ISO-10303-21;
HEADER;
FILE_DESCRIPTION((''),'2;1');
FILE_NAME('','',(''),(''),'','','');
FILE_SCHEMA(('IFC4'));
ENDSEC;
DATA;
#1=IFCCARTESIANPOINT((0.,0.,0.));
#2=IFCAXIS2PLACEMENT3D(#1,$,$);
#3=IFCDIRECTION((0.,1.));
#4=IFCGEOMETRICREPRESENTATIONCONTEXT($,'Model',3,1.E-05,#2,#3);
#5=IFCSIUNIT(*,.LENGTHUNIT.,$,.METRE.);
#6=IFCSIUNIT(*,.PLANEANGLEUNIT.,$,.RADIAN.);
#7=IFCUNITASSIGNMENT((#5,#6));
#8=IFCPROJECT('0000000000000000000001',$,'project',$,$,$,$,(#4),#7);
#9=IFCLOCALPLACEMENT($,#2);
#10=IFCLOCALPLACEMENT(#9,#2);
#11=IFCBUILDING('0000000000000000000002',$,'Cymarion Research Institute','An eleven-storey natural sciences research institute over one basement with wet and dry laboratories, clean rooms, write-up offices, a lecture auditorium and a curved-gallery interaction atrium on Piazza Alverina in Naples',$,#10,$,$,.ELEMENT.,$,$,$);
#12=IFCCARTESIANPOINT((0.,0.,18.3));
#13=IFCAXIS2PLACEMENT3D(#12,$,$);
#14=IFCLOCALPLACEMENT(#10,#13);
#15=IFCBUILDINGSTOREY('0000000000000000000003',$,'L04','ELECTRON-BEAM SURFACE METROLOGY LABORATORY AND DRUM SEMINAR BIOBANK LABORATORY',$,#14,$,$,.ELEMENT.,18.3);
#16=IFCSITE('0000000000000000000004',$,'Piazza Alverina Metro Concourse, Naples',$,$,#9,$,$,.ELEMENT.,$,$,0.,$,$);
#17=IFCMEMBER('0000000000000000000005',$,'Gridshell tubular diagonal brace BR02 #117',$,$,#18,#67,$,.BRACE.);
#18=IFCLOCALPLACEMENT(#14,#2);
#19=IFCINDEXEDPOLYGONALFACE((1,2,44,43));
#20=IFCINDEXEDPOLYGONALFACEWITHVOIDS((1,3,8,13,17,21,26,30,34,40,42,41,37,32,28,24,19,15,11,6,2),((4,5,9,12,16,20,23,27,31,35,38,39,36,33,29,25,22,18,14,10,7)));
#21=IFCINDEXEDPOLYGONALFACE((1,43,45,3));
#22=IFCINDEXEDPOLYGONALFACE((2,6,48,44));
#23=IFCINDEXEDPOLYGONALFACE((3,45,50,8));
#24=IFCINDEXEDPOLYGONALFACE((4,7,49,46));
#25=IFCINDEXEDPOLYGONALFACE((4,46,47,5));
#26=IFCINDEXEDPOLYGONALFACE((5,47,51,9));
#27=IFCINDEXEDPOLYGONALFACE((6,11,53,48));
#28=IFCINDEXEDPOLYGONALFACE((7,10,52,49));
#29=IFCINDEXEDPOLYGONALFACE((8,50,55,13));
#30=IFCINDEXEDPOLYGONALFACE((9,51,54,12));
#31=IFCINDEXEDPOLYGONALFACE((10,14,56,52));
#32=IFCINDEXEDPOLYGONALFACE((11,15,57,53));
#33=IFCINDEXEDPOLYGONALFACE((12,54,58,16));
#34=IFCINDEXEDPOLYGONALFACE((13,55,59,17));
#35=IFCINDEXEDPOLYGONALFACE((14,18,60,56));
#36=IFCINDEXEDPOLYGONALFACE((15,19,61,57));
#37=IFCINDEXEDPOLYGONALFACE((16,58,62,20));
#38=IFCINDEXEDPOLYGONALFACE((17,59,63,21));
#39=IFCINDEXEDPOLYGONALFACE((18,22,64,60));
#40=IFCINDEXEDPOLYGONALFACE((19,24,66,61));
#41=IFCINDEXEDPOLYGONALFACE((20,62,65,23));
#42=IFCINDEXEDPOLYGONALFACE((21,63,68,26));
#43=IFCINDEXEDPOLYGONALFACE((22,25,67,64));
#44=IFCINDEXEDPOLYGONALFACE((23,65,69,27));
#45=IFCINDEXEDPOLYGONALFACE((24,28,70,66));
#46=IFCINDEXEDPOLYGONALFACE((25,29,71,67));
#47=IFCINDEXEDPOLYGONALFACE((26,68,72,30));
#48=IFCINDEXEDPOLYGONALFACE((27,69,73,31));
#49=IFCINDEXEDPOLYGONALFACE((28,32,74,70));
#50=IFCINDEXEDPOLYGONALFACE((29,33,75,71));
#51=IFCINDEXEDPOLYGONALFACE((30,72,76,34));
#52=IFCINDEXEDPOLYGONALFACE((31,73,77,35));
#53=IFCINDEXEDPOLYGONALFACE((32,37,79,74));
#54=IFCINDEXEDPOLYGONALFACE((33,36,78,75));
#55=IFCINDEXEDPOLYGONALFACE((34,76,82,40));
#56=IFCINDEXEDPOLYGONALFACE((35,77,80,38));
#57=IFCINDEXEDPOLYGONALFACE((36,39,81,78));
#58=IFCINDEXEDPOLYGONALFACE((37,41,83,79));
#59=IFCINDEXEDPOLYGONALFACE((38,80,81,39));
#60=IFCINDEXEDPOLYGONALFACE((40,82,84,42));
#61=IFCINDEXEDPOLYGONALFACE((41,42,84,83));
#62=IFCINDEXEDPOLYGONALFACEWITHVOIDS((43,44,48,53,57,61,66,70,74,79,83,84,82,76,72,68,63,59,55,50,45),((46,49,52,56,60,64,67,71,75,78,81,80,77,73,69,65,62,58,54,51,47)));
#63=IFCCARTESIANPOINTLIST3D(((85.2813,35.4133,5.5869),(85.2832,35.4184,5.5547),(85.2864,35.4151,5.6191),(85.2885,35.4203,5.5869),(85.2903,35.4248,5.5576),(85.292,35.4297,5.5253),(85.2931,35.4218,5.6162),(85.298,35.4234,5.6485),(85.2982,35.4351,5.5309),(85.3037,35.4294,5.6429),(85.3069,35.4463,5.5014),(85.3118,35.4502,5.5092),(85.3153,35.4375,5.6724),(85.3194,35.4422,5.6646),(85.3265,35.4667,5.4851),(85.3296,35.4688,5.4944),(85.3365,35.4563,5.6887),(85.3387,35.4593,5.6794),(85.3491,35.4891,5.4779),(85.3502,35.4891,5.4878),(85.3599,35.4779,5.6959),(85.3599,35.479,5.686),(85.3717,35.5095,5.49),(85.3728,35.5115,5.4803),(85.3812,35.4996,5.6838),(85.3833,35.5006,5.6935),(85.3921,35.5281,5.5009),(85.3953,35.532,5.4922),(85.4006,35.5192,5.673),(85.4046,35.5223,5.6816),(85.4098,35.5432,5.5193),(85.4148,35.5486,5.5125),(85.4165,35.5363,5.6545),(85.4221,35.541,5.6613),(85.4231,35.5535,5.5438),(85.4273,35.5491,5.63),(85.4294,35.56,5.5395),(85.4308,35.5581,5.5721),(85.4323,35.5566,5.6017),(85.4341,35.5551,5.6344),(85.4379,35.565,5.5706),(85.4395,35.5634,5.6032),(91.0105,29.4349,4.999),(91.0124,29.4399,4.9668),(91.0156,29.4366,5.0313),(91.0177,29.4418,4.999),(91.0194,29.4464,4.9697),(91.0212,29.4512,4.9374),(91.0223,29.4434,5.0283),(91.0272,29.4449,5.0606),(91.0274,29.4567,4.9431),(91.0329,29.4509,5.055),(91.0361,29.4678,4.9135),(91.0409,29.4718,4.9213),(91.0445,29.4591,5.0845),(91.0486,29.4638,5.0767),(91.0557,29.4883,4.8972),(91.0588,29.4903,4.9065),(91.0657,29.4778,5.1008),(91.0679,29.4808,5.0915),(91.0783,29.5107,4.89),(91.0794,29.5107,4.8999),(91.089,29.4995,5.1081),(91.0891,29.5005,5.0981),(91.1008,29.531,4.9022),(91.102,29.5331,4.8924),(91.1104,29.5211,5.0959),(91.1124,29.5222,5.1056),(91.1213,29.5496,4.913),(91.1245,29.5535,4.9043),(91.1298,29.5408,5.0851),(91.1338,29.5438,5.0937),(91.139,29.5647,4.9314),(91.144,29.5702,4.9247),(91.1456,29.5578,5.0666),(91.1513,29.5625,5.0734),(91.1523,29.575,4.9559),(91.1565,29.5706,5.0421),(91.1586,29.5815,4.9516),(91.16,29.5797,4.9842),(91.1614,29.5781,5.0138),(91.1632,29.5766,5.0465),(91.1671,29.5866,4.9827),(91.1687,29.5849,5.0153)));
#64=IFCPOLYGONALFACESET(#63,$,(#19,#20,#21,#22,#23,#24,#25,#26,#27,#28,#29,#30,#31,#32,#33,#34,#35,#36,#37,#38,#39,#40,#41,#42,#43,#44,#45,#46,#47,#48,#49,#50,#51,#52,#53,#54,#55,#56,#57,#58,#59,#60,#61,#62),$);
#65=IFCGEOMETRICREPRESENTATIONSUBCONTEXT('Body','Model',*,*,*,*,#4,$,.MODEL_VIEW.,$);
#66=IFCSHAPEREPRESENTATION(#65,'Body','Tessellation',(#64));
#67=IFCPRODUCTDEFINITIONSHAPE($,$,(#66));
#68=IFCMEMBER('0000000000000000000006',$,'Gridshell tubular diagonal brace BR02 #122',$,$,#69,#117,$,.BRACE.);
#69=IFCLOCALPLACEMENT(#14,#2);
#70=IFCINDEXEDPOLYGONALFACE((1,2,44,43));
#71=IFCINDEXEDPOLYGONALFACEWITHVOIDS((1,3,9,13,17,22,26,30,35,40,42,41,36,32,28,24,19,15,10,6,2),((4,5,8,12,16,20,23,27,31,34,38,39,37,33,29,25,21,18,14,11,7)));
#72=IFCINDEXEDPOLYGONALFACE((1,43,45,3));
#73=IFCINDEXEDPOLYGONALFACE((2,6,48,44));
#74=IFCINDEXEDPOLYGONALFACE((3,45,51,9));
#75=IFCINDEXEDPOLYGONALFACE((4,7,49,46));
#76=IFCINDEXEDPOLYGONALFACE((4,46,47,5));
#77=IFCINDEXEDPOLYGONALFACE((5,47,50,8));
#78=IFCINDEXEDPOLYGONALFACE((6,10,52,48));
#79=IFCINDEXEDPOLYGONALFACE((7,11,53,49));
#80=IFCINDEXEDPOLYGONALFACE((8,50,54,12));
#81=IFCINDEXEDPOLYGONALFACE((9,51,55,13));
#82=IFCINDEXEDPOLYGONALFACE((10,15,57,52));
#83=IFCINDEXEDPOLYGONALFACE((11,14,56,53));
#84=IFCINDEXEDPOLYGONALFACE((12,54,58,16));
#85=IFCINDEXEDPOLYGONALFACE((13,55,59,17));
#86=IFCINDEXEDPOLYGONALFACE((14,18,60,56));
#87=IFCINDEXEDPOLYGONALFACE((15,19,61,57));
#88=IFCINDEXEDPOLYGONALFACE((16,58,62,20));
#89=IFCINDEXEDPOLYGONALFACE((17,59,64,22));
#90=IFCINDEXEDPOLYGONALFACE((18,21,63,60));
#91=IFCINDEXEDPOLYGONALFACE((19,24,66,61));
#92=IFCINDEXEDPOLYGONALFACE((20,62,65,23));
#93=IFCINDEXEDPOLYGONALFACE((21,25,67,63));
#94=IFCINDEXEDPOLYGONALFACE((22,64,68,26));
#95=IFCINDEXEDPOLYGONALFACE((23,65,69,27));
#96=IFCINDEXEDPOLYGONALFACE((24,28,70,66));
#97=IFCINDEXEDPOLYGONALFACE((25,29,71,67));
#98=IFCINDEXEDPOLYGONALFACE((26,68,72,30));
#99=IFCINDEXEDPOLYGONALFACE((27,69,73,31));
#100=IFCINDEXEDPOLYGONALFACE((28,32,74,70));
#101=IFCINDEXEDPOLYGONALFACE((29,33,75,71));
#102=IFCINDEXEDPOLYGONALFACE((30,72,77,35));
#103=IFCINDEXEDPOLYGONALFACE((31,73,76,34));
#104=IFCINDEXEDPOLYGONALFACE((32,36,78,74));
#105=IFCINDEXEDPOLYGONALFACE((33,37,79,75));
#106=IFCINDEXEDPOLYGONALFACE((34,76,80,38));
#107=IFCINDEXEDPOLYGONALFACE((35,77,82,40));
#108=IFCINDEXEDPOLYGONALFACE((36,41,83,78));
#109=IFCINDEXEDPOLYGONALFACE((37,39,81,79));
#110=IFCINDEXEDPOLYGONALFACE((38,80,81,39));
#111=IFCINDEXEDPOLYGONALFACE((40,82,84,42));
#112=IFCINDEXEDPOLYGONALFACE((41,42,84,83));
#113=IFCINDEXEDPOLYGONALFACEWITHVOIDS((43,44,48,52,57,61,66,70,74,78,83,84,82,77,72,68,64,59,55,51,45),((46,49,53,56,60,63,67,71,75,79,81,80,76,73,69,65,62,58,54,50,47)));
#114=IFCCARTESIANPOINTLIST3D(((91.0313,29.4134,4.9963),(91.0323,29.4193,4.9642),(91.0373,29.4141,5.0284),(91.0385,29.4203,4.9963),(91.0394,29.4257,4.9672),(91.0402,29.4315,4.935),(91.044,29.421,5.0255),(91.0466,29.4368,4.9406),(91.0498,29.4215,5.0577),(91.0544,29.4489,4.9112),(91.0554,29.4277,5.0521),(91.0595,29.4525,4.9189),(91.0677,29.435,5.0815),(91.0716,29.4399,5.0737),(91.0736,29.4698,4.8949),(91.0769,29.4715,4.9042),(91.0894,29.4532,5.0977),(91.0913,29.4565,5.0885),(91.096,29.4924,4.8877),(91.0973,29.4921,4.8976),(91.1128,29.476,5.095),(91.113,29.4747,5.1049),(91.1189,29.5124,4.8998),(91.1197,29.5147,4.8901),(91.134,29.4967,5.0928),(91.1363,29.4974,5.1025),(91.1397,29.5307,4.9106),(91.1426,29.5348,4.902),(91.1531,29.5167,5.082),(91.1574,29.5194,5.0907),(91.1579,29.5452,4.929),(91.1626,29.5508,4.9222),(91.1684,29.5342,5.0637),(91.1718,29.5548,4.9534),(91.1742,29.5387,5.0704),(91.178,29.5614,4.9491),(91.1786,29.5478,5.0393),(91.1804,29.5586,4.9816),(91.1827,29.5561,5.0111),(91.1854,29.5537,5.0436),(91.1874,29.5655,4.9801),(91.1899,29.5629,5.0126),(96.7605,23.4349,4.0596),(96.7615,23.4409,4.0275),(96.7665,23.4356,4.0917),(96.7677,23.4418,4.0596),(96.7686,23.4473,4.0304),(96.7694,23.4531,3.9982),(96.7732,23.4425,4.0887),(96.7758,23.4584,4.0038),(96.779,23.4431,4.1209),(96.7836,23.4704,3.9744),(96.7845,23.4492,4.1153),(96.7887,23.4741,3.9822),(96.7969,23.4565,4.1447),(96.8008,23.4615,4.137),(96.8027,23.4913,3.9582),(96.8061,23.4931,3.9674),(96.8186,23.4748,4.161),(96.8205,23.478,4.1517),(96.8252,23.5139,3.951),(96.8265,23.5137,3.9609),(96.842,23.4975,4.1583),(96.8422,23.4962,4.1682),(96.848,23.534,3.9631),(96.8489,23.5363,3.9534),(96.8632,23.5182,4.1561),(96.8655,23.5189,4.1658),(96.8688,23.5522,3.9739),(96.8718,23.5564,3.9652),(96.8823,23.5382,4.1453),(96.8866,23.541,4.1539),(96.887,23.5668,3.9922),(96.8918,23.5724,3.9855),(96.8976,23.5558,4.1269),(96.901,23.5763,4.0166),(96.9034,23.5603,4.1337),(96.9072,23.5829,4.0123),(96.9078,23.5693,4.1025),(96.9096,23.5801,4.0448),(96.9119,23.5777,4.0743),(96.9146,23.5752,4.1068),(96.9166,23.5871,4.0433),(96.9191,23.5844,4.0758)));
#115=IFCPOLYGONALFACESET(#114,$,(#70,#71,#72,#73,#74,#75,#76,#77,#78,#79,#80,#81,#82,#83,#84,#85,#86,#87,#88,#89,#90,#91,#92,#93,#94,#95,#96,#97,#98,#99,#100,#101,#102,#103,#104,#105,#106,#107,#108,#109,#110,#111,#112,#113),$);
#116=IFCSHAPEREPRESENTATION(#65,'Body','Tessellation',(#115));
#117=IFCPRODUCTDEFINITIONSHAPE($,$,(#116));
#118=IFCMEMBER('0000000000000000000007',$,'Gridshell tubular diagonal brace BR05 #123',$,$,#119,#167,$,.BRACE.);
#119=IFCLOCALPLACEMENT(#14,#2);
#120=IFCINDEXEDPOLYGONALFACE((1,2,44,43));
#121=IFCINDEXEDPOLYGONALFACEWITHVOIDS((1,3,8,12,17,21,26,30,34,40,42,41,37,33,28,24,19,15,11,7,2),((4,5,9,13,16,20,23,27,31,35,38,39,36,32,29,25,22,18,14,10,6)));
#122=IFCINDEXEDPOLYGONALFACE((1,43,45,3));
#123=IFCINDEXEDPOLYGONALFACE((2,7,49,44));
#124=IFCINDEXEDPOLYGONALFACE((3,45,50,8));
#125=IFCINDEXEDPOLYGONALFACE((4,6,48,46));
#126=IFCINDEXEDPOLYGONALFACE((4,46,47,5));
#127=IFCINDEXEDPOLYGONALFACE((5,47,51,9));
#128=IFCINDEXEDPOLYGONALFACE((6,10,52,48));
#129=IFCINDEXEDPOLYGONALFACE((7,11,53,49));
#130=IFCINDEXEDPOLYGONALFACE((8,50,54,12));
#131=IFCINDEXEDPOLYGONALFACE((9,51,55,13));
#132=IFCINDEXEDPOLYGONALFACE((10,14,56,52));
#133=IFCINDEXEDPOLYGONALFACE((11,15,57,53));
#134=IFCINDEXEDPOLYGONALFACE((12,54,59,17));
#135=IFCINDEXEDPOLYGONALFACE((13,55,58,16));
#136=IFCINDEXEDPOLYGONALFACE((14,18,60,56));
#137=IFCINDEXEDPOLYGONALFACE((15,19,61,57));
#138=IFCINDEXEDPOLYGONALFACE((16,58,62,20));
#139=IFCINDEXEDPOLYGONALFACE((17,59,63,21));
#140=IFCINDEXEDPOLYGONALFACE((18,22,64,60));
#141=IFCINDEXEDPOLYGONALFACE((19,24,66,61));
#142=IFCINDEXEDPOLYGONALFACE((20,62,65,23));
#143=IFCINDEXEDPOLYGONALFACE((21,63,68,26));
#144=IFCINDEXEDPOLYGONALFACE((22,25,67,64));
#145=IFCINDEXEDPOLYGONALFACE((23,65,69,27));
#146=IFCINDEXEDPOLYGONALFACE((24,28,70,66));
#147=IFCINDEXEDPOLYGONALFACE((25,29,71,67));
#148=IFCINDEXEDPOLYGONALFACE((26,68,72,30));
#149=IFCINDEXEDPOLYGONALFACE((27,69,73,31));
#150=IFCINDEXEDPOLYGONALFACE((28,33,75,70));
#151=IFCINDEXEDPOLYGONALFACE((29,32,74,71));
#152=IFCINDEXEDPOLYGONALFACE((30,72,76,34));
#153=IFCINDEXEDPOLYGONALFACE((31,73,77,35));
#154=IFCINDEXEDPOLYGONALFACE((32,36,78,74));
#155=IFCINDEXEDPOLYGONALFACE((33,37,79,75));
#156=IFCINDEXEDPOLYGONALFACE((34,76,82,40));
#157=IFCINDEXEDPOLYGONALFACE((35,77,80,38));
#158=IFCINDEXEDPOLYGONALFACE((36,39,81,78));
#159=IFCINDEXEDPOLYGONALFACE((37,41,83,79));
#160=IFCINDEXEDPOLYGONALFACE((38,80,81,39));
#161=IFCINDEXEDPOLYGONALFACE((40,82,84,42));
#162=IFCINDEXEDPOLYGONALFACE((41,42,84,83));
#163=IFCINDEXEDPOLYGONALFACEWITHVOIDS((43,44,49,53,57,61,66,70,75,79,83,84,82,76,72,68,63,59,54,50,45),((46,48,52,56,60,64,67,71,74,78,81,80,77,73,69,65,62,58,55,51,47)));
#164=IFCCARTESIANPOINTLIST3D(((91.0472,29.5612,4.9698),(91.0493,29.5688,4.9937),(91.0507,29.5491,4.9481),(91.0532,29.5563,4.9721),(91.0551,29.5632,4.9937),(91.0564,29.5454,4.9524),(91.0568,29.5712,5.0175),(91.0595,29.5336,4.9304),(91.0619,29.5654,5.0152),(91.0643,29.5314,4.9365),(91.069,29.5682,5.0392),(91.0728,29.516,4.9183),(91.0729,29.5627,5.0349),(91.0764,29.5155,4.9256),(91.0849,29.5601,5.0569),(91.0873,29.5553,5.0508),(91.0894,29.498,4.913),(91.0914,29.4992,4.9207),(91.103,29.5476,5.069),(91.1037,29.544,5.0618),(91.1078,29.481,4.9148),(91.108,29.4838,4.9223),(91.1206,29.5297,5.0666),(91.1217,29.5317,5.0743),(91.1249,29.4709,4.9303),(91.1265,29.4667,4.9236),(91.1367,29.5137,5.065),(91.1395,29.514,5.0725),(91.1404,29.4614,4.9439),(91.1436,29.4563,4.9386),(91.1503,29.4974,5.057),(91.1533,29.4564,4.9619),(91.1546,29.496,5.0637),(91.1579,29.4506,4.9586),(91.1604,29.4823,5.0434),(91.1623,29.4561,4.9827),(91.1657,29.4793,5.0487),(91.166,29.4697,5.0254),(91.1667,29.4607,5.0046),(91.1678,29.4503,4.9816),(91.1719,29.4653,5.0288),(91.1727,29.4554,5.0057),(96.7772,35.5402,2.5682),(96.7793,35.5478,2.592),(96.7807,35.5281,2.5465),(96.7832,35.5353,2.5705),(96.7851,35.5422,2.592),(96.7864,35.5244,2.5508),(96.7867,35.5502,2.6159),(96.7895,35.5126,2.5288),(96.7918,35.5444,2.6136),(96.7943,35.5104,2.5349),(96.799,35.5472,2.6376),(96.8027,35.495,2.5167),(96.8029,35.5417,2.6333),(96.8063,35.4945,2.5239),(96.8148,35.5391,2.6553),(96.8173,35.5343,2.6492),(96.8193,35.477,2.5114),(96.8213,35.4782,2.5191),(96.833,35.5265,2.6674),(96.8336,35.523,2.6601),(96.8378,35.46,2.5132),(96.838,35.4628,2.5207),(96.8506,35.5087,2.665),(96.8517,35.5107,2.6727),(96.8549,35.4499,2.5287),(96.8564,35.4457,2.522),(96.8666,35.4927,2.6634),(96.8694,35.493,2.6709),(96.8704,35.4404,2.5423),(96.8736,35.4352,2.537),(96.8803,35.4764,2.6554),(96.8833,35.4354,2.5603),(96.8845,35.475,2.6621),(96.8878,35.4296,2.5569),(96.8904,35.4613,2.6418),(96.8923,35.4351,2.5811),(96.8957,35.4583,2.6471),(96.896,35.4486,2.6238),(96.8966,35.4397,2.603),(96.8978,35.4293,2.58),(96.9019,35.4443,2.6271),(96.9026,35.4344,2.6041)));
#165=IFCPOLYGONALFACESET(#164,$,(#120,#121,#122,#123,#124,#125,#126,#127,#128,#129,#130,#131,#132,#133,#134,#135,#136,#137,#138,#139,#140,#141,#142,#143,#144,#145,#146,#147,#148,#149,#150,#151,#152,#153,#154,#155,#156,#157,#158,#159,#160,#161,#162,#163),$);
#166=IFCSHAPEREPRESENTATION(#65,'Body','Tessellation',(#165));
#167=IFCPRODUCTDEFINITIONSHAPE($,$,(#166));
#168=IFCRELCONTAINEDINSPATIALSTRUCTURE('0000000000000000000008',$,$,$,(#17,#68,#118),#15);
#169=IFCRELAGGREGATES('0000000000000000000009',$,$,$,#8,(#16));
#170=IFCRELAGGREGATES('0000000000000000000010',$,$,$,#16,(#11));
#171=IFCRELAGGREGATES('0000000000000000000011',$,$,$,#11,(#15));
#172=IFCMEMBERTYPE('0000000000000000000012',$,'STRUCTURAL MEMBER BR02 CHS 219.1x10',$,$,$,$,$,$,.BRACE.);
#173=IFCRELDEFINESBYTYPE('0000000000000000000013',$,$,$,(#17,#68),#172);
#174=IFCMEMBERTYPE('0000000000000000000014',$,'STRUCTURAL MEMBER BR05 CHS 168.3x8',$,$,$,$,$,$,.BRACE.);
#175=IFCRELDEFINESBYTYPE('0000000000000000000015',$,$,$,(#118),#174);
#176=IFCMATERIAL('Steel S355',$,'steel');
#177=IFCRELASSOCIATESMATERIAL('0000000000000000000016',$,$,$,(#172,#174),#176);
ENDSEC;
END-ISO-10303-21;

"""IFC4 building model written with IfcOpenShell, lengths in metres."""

from ifc_helpers import new_model, si_unit, direction, frame, origin, origin_2d, place, context, subcontext, project, spatial, hollow_circle, extrude, material, material_profile, profile_set, type_object, element, save


model = new_model("IFC4")

# Units and contexts
model_context = context("Model", 3, precision=1e-05, world=origin(), true_north=direction((0.0, 1.0)))
body_context = subcontext(model_context, "Body", "Model", "MODEL_VIEW")
ifc_project = project(units=[si_unit("LENGTHUNIT", "METRE"), si_unit("PLANEANGLEUNIT", "RADIAN")], contexts=[model_context])

# Site, building, storey
site_placement = place(None, origin())
site = spatial("IfcSite", under=ifc_project, at=site_placement, Name="Piazza Alverina Metro Concourse, Naples", CompositionType="ELEMENT", RefElevation=0.0)
building_placement = place(site_placement, origin())
building = spatial("IfcBuilding", under=site, at=building_placement, Name="Cymarion Research Institute", Description="An eleven-storey natural sciences research institute over one basement with wet and dry laboratories, clean rooms, write-up offices, a lecture auditorium and a curved-gallery interaction atrium on Piazza Alverina in Naples", CompositionType="ELEMENT")
storey_placement = place(building_placement, frame((0.0, 0.0, 18.3)))
storey = spatial("IfcBuildingStorey", under=building, at=storey_placement, Name="L04", Description="ELECTRON-BEAM SURFACE METROLOGY LABORATORY AND DRUM SEMINAR BIOBANK LABORATORY", CompositionType="ELEMENT", Elevation=18.3)

# Shared definitions
ifc_material_1 = material(Name="Steel S355", Category="steel")

# Members
ifc_material_profile_1 = material_profile(ifc_material_1, hollow_circle(Radius=0.1096, WallThickness=0.01, at=origin_2d()), Name="CHS 219.1x10")
ifc_profile_set_1 = profile_set([ifc_material_profile_1], Name="Steel S355")
member_type_1 = type_object("IfcMemberType", Name="STRUCTURAL MEMBER BR02 CHS 219.1x10", PredefinedType="BRACE", material=ifc_profile_set_1)
member_1_placement = place(storey_placement, frame((91.0896, 29.5107, 4.999), z_axis=(-0.690158, 0.720185, 0.070819), x_axis=(-0.721998, -0.691895, 0.0)))
element("IfcMember", 1, at=member_1_placement, inside=storey, type_object=member_type_1, Name="Gridshell tubular diagonal brace BR02 #117", PredefinedType="BRACE", context=body_context, shape_type="SweptSolid", body=[
    extrude(hollow_circle(Radius=0.1096, WallThickness=0.01, at=origin_2d()), origin(), (0.0, 0.0, 1.0), 8.3013),
])
member_2_placement = place(storey_placement, frame((96.8396, 23.5107, 4.0596), z_axis=(-0.68751, 0.717422, 0.112412), x_axis=(-0.721998, -0.691895, 0.0)))
element("IfcMember", 2, at=member_2_placement, inside=storey, type_object=member_type_1, Name="Gridshell tubular diagonal brace BR02 #122", PredefinedType="BRACE", context=body_context, shape_type="SweptSolid", body=[
    extrude(hollow_circle(Radius=0.1096, WallThickness=0.01, at=origin_2d()), origin(), (0.0, 0.0, 1.0), 8.3333),
])
ifc_material_profile_2 = material_profile(ifc_material_1, hollow_circle(Radius=0.0842, WallThickness=0.0081, at=origin_2d()), Name="CHS 168.3x8")
ifc_profile_set_2 = profile_set([ifc_material_profile_2], Name="Steel S355")
member_type_2 = type_object("IfcMemberType", Name="STRUCTURAL MEMBER BR05 CHS 168.3x8", PredefinedType="BRACE", material=ifc_profile_set_2)
member_3_placement = place(storey_placement, frame((91.1101, 29.5105, 4.9937), z_axis=(0.664532, 0.693412, -0.278526), x_axis=(-0.721982, 0.691912, 0.0)))
element("IfcMember", 3, at=member_3_placement, inside=storey, type_object=member_type_2, Name="Gridshell tubular diagonal brace BR05 #123", PredefinedType="BRACE", context=body_context, shape_type="SweptSolid", body=[
    extrude(hollow_circle(Radius=0.0842, WallThickness=0.0081, at=origin_2d()), origin(), (0.0, 0.0, 1.0), 8.6226),
])

save(model, "model.ifc")
